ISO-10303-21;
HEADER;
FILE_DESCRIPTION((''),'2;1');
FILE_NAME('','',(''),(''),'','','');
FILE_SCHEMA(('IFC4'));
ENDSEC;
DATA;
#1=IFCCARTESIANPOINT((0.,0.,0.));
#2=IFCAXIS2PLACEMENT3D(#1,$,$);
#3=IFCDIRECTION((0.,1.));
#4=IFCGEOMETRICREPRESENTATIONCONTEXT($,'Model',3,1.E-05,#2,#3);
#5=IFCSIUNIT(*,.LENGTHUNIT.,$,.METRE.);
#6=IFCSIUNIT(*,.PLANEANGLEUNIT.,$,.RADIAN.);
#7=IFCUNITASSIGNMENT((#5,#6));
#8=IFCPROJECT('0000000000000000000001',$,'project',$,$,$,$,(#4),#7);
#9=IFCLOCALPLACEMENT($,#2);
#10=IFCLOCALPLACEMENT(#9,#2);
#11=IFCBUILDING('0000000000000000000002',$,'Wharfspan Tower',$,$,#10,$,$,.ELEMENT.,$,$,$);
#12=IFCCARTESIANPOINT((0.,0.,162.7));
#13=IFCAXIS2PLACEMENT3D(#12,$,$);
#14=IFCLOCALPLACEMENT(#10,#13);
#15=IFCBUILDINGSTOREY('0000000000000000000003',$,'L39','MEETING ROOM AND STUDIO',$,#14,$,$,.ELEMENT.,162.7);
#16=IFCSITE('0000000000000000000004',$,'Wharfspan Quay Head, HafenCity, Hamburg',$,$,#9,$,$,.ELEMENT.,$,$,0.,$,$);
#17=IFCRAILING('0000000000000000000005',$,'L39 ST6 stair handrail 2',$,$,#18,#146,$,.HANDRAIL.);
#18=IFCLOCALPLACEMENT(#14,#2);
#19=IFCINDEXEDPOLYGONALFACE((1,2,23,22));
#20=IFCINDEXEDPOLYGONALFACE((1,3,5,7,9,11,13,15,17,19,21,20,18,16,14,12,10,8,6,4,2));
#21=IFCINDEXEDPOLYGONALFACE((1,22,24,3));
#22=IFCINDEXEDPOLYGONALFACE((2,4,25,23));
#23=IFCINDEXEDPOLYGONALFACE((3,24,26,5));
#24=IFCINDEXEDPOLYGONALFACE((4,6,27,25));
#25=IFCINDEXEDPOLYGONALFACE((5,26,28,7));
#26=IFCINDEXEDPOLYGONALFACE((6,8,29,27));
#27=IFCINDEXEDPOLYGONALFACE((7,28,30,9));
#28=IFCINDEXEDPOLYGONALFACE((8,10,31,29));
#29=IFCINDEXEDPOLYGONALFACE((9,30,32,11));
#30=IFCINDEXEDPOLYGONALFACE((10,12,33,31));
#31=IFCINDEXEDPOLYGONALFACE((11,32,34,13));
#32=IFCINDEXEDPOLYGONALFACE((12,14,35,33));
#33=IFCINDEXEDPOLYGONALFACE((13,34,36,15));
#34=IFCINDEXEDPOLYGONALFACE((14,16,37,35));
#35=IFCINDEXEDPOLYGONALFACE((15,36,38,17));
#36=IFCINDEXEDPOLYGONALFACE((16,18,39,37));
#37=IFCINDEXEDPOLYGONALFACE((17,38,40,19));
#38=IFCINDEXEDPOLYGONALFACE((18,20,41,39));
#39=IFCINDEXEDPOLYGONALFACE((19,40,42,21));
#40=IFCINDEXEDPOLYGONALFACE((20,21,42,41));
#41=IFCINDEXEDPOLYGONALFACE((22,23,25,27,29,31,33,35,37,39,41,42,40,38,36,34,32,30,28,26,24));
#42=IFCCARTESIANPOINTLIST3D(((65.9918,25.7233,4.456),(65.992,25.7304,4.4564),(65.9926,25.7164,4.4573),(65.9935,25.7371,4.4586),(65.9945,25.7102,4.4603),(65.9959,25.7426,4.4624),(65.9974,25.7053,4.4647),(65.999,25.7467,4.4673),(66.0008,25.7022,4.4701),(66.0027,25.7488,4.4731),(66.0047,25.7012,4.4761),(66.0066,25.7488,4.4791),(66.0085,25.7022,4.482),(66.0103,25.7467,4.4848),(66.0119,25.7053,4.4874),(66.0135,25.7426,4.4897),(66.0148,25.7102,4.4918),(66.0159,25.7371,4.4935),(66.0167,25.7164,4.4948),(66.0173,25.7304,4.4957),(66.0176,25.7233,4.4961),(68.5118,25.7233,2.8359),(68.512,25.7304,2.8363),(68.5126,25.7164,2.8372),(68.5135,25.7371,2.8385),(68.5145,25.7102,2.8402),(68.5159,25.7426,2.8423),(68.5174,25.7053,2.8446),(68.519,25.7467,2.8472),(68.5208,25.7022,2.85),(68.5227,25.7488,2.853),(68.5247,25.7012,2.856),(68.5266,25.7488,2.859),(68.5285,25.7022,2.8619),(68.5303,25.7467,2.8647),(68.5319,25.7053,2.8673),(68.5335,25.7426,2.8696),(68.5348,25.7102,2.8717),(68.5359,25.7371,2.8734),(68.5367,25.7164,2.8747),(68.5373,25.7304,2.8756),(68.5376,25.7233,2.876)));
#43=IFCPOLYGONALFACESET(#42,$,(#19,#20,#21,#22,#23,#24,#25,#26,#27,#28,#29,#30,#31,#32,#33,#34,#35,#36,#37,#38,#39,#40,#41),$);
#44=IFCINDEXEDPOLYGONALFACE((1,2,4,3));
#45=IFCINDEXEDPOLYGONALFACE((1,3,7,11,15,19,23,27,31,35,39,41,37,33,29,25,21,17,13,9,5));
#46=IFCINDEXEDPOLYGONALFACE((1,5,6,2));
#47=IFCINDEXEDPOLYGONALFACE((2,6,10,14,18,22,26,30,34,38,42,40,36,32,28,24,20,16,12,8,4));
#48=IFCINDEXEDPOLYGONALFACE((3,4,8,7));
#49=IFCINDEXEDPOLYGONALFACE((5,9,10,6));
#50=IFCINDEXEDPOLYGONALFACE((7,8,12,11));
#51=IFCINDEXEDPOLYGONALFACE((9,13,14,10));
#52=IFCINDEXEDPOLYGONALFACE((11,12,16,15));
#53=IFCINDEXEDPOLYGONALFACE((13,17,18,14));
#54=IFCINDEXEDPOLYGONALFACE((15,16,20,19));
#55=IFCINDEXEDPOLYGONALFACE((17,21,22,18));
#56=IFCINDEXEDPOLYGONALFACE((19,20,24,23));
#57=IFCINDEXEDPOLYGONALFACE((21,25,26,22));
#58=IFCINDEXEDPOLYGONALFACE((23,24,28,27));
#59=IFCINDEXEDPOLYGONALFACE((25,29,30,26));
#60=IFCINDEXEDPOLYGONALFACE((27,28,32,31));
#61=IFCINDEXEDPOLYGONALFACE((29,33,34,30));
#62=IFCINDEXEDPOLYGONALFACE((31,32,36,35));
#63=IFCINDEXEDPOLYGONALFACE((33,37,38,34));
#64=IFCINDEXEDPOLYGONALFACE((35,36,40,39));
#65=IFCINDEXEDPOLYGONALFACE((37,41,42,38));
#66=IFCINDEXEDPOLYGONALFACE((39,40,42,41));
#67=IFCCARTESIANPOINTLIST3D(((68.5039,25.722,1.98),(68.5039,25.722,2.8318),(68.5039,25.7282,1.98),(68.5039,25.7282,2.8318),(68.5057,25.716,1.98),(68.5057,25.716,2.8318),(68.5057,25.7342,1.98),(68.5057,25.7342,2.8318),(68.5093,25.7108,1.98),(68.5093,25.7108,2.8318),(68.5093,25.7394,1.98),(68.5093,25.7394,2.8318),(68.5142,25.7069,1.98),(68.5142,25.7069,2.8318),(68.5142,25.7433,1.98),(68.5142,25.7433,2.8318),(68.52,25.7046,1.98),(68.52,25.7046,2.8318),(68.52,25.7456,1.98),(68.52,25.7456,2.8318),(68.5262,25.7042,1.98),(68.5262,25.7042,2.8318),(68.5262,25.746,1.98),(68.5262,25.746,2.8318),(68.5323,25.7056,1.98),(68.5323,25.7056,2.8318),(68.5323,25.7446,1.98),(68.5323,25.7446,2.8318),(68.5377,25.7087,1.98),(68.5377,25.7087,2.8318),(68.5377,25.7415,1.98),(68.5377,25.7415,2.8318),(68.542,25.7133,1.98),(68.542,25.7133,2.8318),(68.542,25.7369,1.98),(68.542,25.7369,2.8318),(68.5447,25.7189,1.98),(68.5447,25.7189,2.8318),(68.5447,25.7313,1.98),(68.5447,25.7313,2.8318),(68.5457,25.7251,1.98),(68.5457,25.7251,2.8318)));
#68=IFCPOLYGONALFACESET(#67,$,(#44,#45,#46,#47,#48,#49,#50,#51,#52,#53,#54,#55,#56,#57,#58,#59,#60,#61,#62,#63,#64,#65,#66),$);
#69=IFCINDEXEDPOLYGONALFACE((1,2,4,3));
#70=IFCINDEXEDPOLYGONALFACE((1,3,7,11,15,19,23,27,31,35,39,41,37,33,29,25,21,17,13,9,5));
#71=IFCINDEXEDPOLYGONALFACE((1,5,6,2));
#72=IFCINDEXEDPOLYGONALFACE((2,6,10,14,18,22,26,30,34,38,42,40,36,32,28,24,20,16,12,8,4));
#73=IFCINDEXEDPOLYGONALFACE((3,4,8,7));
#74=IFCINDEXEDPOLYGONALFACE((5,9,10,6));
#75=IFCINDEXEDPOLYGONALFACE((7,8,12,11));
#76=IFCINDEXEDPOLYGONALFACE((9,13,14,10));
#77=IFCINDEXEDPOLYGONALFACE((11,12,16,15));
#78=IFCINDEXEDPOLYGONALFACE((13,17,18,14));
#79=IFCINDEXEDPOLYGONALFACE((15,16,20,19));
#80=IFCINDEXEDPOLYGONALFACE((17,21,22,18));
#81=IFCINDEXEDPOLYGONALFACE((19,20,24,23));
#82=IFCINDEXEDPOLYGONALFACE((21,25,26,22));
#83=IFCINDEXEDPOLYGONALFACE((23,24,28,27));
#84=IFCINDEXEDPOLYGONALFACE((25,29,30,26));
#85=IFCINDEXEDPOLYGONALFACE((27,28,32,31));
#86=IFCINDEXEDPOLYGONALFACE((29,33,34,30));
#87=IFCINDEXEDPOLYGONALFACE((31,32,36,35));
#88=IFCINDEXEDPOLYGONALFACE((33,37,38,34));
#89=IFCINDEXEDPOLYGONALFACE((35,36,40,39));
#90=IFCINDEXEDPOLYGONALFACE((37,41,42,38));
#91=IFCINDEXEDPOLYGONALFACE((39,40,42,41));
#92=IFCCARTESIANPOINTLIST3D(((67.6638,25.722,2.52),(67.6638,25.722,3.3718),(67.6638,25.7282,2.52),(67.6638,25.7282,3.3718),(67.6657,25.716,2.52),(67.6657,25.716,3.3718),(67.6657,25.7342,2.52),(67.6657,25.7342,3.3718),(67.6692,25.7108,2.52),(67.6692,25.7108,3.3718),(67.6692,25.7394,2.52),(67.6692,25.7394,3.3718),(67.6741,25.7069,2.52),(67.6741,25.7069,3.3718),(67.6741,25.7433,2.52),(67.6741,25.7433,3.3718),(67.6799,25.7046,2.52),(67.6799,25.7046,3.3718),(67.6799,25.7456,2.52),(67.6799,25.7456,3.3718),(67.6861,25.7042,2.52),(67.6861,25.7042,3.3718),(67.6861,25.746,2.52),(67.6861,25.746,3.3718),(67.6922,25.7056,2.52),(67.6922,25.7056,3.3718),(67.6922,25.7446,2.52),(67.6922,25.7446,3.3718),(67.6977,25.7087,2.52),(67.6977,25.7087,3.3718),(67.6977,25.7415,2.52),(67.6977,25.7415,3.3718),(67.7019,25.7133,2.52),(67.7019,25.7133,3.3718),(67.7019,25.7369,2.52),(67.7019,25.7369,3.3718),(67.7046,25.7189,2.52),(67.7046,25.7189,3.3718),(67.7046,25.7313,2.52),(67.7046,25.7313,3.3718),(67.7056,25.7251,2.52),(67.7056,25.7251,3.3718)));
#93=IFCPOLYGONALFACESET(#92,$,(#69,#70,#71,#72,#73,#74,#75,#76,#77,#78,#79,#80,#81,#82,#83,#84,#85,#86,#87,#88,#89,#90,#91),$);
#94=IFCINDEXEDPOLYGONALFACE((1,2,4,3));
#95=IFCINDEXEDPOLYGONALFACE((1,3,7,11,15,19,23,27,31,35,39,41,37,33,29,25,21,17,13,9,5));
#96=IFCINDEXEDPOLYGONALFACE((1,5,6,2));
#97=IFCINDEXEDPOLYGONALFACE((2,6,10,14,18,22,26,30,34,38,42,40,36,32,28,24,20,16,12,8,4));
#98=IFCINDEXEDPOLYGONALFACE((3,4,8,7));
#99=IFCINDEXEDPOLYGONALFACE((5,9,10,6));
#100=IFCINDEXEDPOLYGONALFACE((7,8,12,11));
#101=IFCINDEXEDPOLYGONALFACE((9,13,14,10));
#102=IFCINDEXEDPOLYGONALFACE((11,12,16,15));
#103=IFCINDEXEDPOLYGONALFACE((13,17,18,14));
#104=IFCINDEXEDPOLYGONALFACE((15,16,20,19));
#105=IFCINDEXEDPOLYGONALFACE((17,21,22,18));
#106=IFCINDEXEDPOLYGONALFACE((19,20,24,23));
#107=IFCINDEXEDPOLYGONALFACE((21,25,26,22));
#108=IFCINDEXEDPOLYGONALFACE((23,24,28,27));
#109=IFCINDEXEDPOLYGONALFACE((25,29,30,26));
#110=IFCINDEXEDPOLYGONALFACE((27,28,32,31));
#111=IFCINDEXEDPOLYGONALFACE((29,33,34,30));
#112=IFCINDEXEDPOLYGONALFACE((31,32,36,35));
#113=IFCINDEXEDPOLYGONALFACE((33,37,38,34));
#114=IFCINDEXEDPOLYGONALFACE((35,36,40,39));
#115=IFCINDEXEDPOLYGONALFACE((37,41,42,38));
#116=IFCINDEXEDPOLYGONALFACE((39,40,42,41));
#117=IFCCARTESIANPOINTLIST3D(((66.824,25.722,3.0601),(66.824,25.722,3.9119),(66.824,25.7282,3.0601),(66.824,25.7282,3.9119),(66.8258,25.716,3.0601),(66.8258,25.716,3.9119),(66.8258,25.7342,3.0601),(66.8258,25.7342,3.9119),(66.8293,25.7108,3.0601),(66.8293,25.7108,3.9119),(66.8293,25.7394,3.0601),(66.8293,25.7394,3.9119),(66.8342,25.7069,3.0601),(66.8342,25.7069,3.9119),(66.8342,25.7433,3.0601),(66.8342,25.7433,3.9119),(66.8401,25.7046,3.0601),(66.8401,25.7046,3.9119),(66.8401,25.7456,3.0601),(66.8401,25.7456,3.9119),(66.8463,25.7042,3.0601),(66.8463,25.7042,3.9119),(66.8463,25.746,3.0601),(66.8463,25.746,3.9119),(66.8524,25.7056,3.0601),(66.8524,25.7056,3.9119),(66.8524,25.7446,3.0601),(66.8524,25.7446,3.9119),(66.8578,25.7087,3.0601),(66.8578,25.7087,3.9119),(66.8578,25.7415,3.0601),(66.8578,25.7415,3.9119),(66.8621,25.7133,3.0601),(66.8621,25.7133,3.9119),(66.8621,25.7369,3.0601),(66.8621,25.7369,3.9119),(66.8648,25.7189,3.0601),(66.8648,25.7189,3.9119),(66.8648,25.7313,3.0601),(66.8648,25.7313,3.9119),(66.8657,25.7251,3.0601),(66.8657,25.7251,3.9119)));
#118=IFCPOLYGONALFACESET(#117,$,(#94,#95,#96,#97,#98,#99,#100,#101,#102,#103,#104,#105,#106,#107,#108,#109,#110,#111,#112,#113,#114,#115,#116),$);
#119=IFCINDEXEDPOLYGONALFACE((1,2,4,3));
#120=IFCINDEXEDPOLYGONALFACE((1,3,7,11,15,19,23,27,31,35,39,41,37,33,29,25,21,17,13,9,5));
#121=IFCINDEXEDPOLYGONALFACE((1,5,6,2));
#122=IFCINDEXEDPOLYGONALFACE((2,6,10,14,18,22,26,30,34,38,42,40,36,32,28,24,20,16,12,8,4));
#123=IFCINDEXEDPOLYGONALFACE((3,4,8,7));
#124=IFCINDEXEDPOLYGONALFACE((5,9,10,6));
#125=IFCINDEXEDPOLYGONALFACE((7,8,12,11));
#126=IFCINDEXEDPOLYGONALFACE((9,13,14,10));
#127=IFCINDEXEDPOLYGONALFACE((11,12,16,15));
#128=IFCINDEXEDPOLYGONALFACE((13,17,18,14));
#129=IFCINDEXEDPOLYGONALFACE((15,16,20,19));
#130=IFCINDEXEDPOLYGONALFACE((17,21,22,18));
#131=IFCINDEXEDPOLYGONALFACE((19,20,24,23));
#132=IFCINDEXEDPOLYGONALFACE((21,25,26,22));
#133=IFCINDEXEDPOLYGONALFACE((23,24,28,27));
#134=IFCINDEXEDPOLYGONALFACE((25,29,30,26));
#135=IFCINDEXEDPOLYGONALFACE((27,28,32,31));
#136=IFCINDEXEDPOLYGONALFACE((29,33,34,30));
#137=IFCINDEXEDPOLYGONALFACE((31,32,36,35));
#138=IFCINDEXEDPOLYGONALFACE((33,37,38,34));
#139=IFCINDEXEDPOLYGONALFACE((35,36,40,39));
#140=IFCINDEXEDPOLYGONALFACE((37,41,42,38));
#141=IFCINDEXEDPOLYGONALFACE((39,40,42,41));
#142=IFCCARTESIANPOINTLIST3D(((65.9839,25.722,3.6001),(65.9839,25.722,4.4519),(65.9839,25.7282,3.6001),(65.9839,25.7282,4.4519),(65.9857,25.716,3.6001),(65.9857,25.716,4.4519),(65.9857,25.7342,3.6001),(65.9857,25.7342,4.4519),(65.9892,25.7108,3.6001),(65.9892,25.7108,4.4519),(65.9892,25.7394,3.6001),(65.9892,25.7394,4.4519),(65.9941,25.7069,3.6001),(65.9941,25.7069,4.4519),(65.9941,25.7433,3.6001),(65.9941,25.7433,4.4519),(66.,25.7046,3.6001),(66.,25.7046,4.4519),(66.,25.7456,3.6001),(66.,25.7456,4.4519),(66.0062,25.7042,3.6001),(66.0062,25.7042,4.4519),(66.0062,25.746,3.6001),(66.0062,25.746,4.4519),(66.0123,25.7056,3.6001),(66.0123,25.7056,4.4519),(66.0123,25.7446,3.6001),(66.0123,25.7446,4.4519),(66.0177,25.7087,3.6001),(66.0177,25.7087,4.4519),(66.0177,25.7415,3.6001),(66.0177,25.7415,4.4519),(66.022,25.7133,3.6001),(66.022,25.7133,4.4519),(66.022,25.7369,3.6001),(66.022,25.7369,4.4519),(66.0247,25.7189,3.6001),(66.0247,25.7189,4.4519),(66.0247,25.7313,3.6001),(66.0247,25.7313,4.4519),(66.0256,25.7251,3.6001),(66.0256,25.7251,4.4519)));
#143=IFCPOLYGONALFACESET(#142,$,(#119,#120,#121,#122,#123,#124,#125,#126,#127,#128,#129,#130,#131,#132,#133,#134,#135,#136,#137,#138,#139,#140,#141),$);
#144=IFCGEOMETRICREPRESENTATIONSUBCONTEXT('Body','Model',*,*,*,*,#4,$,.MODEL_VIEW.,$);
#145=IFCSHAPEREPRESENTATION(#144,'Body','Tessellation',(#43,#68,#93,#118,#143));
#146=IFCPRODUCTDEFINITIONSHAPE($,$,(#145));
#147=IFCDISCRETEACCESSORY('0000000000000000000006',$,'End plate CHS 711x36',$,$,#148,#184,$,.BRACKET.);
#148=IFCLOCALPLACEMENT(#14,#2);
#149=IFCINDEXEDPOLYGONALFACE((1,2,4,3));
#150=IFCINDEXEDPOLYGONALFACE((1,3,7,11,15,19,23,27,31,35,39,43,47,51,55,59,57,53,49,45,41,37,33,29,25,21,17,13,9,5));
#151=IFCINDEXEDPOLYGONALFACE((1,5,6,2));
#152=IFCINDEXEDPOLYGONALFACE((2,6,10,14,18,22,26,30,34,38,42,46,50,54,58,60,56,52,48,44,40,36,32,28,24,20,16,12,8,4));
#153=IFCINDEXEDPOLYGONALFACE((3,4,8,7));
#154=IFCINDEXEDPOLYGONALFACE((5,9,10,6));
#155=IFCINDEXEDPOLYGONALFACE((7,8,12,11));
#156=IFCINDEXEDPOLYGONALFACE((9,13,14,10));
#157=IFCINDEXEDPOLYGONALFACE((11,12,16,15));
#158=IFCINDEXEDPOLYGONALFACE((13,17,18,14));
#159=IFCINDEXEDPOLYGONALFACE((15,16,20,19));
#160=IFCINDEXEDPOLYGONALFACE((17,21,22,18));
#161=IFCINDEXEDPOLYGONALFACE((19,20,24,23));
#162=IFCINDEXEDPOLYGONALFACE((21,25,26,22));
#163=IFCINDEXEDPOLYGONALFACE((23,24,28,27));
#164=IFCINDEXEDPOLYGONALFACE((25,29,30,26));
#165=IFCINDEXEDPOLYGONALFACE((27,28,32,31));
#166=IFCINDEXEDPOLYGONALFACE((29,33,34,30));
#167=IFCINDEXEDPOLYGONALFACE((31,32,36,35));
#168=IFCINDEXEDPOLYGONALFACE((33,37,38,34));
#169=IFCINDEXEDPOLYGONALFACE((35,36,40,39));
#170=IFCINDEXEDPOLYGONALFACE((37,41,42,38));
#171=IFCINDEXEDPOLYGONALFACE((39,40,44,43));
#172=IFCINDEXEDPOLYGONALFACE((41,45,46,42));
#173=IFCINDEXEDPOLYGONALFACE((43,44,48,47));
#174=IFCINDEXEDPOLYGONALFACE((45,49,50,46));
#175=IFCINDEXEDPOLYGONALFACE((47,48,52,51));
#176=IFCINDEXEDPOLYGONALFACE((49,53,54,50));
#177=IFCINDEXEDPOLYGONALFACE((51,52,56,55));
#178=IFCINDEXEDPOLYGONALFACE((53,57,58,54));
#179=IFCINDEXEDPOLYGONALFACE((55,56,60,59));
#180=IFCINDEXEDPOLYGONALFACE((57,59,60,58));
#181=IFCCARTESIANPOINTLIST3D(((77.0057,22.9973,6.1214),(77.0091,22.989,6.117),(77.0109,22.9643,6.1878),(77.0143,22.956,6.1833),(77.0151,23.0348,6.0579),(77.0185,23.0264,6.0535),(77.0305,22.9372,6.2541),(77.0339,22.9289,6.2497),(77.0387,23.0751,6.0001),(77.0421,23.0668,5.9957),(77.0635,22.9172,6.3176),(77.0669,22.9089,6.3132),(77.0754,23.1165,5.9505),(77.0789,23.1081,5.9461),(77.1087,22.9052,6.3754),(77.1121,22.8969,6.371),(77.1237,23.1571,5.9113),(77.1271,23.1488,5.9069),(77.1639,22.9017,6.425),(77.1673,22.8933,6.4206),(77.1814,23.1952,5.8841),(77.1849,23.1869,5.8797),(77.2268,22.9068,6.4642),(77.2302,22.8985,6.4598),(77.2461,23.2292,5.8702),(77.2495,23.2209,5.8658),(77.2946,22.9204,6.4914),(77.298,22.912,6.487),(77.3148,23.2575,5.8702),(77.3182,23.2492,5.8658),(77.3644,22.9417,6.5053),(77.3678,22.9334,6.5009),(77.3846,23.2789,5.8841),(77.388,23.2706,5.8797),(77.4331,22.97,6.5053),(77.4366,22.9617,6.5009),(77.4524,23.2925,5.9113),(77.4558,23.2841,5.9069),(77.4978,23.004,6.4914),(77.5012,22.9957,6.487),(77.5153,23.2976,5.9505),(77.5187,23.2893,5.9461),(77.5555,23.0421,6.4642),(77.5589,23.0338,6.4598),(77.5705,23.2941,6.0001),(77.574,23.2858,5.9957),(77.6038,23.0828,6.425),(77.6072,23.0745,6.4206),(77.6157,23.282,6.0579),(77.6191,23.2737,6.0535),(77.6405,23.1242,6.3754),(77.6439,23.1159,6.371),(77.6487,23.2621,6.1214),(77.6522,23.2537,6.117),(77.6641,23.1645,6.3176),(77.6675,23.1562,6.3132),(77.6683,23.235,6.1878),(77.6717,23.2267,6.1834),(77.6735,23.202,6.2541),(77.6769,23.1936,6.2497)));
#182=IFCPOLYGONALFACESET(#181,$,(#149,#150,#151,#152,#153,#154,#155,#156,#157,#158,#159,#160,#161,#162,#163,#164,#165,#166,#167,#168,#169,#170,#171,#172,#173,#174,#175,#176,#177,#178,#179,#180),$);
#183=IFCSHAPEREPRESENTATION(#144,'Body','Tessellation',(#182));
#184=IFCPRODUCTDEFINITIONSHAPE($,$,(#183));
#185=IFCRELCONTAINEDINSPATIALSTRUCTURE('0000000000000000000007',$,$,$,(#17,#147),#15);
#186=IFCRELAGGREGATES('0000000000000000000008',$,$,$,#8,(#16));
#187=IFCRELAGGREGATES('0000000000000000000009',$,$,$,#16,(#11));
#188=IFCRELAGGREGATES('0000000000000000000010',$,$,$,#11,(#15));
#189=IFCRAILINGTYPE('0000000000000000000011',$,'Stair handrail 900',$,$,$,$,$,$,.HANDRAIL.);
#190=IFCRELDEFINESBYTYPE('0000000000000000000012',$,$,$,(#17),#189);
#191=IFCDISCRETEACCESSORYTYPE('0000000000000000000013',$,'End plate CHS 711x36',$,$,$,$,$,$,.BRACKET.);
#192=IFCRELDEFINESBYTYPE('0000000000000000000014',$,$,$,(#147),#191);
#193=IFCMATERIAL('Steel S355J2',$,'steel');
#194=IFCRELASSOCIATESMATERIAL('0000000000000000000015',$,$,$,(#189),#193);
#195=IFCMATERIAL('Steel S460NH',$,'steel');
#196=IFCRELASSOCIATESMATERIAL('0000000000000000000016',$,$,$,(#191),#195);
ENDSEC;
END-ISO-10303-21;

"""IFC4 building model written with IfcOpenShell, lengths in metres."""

from ifc_helpers import new_model, si_unit, direction, frame, origin, origin_2d, place, context, subcontext, project, spatial, circle, extrude, material, material_profile, profile_set, type_object, element, save


model = new_model("IFC4")

# Units and contexts
model_context = context("Model", 3, precision=1e-05, world=origin(), true_north=direction((0.0, 1.0)))
body_context = subcontext(model_context, "Body", "Model", "MODEL_VIEW")
ifc_project = project(units=[si_unit("LENGTHUNIT", "METRE"), si_unit("PLANEANGLEUNIT", "RADIAN")], contexts=[model_context])

# Site, building, storey
site_placement = place(None, origin())
site = spatial("IfcSite", under=ifc_project, at=site_placement, Name="Wharfspan Quay Head, HafenCity, Hamburg", CompositionType="ELEMENT", RefElevation=0.0)
building_placement = place(site_placement, origin())
building = spatial("IfcBuilding", under=site, at=building_placement, Name="Wharfspan Tower", CompositionType="ELEMENT")
storey_placement = place(building_placement, frame((0.0, 0.0, 162.7)))
storey = spatial("IfcBuildingStorey", under=building, at=storey_placement, Name="L39", Description="MEETING ROOM AND STUDIO", CompositionType="ELEMENT", Elevation=162.7)

# Railing
ifc_material_1 = material(Name="Steel S355J2", Category="steel")
railing_type_1 = type_object("IfcRailingType", Name="Stair handrail 900", PredefinedType="HANDRAIL", material=ifc_material_1)
railing_1_placement = place(storey_placement, frame((68.5247, 25.7251, 1.98)))
element("IfcRailing", 1, at=railing_1_placement, inside=storey, type_object=railing_type_1, Name="L39 ST6 stair handrail 2", PredefinedType="HANDRAIL", context=body_context, shape_type="SweptSolid", body=[
    extrude(circle(Radius=0.0239, at=origin_2d()), frame((0.0, 0.0, 0.876), z_axis=(-0.841163, 0.0, 0.540782), x_axis=(0.0, -1.0, 0.0)), (0.0, 0.0, 1.0), 2.9958),
    extrude(circle(Radius=0.021, at=origin_2d()), origin(), (0.0, 0.0, 1.0), 0.8518),
    extrude(circle(Radius=0.021, at=origin_2d()), frame((-0.8401, 0.0, 0.54)), (0.0, 0.0, 1.0), 0.8518),
    extrude(circle(Radius=0.021, at=origin_2d()), frame((-1.6799, 0.0, 1.0801)), (0.0, 0.0, 1.0), 0.8518),
    extrude(circle(Radius=0.021, at=origin_2d()), frame((-2.52, 0.0, 1.6201)), (0.0, 0.0, 1.0), 0.8518),
])

# Discrete accessory
ifc_material_2 = material(Name="Steel S460NH", Category="steel")
ifc_material_profile_1 = material_profile(ifc_material_2, circle(Radius=0.3555, at=origin_2d()))
ifc_profile_set_1 = profile_set([ifc_material_profile_1], Name="Steel S460NH")
discrete_accessory_type = type_object("IfcDiscreteAccessoryType", Name="End plate CHS 711x36", PredefinedType="BRACKET", material=ifc_profile_set_1)
for number, where, z_axis, x_axis, name in (
    (2, (77.343, 23.0913, 6.1833), (-0.341972, 0.830504, 0.439679), (-0.924678, -0.380749, -0.000001), "End plate CHS 711x36"),
):
    element("IfcDiscreteAccessory", number, at=place(storey_placement, frame(where, z_axis=z_axis, x_axis=x_axis)), inside=storey, type_object=discrete_accessory_type, Name=name, PredefinedType="BRACKET", context=body_context, shape_type="SweptSolid", body=[
        extrude(circle(Radius=0.3555, at=origin_2d()), origin(), (0.0, 0.0, 1.0), 0.01),
    ])

save(model, "model.ifc")
